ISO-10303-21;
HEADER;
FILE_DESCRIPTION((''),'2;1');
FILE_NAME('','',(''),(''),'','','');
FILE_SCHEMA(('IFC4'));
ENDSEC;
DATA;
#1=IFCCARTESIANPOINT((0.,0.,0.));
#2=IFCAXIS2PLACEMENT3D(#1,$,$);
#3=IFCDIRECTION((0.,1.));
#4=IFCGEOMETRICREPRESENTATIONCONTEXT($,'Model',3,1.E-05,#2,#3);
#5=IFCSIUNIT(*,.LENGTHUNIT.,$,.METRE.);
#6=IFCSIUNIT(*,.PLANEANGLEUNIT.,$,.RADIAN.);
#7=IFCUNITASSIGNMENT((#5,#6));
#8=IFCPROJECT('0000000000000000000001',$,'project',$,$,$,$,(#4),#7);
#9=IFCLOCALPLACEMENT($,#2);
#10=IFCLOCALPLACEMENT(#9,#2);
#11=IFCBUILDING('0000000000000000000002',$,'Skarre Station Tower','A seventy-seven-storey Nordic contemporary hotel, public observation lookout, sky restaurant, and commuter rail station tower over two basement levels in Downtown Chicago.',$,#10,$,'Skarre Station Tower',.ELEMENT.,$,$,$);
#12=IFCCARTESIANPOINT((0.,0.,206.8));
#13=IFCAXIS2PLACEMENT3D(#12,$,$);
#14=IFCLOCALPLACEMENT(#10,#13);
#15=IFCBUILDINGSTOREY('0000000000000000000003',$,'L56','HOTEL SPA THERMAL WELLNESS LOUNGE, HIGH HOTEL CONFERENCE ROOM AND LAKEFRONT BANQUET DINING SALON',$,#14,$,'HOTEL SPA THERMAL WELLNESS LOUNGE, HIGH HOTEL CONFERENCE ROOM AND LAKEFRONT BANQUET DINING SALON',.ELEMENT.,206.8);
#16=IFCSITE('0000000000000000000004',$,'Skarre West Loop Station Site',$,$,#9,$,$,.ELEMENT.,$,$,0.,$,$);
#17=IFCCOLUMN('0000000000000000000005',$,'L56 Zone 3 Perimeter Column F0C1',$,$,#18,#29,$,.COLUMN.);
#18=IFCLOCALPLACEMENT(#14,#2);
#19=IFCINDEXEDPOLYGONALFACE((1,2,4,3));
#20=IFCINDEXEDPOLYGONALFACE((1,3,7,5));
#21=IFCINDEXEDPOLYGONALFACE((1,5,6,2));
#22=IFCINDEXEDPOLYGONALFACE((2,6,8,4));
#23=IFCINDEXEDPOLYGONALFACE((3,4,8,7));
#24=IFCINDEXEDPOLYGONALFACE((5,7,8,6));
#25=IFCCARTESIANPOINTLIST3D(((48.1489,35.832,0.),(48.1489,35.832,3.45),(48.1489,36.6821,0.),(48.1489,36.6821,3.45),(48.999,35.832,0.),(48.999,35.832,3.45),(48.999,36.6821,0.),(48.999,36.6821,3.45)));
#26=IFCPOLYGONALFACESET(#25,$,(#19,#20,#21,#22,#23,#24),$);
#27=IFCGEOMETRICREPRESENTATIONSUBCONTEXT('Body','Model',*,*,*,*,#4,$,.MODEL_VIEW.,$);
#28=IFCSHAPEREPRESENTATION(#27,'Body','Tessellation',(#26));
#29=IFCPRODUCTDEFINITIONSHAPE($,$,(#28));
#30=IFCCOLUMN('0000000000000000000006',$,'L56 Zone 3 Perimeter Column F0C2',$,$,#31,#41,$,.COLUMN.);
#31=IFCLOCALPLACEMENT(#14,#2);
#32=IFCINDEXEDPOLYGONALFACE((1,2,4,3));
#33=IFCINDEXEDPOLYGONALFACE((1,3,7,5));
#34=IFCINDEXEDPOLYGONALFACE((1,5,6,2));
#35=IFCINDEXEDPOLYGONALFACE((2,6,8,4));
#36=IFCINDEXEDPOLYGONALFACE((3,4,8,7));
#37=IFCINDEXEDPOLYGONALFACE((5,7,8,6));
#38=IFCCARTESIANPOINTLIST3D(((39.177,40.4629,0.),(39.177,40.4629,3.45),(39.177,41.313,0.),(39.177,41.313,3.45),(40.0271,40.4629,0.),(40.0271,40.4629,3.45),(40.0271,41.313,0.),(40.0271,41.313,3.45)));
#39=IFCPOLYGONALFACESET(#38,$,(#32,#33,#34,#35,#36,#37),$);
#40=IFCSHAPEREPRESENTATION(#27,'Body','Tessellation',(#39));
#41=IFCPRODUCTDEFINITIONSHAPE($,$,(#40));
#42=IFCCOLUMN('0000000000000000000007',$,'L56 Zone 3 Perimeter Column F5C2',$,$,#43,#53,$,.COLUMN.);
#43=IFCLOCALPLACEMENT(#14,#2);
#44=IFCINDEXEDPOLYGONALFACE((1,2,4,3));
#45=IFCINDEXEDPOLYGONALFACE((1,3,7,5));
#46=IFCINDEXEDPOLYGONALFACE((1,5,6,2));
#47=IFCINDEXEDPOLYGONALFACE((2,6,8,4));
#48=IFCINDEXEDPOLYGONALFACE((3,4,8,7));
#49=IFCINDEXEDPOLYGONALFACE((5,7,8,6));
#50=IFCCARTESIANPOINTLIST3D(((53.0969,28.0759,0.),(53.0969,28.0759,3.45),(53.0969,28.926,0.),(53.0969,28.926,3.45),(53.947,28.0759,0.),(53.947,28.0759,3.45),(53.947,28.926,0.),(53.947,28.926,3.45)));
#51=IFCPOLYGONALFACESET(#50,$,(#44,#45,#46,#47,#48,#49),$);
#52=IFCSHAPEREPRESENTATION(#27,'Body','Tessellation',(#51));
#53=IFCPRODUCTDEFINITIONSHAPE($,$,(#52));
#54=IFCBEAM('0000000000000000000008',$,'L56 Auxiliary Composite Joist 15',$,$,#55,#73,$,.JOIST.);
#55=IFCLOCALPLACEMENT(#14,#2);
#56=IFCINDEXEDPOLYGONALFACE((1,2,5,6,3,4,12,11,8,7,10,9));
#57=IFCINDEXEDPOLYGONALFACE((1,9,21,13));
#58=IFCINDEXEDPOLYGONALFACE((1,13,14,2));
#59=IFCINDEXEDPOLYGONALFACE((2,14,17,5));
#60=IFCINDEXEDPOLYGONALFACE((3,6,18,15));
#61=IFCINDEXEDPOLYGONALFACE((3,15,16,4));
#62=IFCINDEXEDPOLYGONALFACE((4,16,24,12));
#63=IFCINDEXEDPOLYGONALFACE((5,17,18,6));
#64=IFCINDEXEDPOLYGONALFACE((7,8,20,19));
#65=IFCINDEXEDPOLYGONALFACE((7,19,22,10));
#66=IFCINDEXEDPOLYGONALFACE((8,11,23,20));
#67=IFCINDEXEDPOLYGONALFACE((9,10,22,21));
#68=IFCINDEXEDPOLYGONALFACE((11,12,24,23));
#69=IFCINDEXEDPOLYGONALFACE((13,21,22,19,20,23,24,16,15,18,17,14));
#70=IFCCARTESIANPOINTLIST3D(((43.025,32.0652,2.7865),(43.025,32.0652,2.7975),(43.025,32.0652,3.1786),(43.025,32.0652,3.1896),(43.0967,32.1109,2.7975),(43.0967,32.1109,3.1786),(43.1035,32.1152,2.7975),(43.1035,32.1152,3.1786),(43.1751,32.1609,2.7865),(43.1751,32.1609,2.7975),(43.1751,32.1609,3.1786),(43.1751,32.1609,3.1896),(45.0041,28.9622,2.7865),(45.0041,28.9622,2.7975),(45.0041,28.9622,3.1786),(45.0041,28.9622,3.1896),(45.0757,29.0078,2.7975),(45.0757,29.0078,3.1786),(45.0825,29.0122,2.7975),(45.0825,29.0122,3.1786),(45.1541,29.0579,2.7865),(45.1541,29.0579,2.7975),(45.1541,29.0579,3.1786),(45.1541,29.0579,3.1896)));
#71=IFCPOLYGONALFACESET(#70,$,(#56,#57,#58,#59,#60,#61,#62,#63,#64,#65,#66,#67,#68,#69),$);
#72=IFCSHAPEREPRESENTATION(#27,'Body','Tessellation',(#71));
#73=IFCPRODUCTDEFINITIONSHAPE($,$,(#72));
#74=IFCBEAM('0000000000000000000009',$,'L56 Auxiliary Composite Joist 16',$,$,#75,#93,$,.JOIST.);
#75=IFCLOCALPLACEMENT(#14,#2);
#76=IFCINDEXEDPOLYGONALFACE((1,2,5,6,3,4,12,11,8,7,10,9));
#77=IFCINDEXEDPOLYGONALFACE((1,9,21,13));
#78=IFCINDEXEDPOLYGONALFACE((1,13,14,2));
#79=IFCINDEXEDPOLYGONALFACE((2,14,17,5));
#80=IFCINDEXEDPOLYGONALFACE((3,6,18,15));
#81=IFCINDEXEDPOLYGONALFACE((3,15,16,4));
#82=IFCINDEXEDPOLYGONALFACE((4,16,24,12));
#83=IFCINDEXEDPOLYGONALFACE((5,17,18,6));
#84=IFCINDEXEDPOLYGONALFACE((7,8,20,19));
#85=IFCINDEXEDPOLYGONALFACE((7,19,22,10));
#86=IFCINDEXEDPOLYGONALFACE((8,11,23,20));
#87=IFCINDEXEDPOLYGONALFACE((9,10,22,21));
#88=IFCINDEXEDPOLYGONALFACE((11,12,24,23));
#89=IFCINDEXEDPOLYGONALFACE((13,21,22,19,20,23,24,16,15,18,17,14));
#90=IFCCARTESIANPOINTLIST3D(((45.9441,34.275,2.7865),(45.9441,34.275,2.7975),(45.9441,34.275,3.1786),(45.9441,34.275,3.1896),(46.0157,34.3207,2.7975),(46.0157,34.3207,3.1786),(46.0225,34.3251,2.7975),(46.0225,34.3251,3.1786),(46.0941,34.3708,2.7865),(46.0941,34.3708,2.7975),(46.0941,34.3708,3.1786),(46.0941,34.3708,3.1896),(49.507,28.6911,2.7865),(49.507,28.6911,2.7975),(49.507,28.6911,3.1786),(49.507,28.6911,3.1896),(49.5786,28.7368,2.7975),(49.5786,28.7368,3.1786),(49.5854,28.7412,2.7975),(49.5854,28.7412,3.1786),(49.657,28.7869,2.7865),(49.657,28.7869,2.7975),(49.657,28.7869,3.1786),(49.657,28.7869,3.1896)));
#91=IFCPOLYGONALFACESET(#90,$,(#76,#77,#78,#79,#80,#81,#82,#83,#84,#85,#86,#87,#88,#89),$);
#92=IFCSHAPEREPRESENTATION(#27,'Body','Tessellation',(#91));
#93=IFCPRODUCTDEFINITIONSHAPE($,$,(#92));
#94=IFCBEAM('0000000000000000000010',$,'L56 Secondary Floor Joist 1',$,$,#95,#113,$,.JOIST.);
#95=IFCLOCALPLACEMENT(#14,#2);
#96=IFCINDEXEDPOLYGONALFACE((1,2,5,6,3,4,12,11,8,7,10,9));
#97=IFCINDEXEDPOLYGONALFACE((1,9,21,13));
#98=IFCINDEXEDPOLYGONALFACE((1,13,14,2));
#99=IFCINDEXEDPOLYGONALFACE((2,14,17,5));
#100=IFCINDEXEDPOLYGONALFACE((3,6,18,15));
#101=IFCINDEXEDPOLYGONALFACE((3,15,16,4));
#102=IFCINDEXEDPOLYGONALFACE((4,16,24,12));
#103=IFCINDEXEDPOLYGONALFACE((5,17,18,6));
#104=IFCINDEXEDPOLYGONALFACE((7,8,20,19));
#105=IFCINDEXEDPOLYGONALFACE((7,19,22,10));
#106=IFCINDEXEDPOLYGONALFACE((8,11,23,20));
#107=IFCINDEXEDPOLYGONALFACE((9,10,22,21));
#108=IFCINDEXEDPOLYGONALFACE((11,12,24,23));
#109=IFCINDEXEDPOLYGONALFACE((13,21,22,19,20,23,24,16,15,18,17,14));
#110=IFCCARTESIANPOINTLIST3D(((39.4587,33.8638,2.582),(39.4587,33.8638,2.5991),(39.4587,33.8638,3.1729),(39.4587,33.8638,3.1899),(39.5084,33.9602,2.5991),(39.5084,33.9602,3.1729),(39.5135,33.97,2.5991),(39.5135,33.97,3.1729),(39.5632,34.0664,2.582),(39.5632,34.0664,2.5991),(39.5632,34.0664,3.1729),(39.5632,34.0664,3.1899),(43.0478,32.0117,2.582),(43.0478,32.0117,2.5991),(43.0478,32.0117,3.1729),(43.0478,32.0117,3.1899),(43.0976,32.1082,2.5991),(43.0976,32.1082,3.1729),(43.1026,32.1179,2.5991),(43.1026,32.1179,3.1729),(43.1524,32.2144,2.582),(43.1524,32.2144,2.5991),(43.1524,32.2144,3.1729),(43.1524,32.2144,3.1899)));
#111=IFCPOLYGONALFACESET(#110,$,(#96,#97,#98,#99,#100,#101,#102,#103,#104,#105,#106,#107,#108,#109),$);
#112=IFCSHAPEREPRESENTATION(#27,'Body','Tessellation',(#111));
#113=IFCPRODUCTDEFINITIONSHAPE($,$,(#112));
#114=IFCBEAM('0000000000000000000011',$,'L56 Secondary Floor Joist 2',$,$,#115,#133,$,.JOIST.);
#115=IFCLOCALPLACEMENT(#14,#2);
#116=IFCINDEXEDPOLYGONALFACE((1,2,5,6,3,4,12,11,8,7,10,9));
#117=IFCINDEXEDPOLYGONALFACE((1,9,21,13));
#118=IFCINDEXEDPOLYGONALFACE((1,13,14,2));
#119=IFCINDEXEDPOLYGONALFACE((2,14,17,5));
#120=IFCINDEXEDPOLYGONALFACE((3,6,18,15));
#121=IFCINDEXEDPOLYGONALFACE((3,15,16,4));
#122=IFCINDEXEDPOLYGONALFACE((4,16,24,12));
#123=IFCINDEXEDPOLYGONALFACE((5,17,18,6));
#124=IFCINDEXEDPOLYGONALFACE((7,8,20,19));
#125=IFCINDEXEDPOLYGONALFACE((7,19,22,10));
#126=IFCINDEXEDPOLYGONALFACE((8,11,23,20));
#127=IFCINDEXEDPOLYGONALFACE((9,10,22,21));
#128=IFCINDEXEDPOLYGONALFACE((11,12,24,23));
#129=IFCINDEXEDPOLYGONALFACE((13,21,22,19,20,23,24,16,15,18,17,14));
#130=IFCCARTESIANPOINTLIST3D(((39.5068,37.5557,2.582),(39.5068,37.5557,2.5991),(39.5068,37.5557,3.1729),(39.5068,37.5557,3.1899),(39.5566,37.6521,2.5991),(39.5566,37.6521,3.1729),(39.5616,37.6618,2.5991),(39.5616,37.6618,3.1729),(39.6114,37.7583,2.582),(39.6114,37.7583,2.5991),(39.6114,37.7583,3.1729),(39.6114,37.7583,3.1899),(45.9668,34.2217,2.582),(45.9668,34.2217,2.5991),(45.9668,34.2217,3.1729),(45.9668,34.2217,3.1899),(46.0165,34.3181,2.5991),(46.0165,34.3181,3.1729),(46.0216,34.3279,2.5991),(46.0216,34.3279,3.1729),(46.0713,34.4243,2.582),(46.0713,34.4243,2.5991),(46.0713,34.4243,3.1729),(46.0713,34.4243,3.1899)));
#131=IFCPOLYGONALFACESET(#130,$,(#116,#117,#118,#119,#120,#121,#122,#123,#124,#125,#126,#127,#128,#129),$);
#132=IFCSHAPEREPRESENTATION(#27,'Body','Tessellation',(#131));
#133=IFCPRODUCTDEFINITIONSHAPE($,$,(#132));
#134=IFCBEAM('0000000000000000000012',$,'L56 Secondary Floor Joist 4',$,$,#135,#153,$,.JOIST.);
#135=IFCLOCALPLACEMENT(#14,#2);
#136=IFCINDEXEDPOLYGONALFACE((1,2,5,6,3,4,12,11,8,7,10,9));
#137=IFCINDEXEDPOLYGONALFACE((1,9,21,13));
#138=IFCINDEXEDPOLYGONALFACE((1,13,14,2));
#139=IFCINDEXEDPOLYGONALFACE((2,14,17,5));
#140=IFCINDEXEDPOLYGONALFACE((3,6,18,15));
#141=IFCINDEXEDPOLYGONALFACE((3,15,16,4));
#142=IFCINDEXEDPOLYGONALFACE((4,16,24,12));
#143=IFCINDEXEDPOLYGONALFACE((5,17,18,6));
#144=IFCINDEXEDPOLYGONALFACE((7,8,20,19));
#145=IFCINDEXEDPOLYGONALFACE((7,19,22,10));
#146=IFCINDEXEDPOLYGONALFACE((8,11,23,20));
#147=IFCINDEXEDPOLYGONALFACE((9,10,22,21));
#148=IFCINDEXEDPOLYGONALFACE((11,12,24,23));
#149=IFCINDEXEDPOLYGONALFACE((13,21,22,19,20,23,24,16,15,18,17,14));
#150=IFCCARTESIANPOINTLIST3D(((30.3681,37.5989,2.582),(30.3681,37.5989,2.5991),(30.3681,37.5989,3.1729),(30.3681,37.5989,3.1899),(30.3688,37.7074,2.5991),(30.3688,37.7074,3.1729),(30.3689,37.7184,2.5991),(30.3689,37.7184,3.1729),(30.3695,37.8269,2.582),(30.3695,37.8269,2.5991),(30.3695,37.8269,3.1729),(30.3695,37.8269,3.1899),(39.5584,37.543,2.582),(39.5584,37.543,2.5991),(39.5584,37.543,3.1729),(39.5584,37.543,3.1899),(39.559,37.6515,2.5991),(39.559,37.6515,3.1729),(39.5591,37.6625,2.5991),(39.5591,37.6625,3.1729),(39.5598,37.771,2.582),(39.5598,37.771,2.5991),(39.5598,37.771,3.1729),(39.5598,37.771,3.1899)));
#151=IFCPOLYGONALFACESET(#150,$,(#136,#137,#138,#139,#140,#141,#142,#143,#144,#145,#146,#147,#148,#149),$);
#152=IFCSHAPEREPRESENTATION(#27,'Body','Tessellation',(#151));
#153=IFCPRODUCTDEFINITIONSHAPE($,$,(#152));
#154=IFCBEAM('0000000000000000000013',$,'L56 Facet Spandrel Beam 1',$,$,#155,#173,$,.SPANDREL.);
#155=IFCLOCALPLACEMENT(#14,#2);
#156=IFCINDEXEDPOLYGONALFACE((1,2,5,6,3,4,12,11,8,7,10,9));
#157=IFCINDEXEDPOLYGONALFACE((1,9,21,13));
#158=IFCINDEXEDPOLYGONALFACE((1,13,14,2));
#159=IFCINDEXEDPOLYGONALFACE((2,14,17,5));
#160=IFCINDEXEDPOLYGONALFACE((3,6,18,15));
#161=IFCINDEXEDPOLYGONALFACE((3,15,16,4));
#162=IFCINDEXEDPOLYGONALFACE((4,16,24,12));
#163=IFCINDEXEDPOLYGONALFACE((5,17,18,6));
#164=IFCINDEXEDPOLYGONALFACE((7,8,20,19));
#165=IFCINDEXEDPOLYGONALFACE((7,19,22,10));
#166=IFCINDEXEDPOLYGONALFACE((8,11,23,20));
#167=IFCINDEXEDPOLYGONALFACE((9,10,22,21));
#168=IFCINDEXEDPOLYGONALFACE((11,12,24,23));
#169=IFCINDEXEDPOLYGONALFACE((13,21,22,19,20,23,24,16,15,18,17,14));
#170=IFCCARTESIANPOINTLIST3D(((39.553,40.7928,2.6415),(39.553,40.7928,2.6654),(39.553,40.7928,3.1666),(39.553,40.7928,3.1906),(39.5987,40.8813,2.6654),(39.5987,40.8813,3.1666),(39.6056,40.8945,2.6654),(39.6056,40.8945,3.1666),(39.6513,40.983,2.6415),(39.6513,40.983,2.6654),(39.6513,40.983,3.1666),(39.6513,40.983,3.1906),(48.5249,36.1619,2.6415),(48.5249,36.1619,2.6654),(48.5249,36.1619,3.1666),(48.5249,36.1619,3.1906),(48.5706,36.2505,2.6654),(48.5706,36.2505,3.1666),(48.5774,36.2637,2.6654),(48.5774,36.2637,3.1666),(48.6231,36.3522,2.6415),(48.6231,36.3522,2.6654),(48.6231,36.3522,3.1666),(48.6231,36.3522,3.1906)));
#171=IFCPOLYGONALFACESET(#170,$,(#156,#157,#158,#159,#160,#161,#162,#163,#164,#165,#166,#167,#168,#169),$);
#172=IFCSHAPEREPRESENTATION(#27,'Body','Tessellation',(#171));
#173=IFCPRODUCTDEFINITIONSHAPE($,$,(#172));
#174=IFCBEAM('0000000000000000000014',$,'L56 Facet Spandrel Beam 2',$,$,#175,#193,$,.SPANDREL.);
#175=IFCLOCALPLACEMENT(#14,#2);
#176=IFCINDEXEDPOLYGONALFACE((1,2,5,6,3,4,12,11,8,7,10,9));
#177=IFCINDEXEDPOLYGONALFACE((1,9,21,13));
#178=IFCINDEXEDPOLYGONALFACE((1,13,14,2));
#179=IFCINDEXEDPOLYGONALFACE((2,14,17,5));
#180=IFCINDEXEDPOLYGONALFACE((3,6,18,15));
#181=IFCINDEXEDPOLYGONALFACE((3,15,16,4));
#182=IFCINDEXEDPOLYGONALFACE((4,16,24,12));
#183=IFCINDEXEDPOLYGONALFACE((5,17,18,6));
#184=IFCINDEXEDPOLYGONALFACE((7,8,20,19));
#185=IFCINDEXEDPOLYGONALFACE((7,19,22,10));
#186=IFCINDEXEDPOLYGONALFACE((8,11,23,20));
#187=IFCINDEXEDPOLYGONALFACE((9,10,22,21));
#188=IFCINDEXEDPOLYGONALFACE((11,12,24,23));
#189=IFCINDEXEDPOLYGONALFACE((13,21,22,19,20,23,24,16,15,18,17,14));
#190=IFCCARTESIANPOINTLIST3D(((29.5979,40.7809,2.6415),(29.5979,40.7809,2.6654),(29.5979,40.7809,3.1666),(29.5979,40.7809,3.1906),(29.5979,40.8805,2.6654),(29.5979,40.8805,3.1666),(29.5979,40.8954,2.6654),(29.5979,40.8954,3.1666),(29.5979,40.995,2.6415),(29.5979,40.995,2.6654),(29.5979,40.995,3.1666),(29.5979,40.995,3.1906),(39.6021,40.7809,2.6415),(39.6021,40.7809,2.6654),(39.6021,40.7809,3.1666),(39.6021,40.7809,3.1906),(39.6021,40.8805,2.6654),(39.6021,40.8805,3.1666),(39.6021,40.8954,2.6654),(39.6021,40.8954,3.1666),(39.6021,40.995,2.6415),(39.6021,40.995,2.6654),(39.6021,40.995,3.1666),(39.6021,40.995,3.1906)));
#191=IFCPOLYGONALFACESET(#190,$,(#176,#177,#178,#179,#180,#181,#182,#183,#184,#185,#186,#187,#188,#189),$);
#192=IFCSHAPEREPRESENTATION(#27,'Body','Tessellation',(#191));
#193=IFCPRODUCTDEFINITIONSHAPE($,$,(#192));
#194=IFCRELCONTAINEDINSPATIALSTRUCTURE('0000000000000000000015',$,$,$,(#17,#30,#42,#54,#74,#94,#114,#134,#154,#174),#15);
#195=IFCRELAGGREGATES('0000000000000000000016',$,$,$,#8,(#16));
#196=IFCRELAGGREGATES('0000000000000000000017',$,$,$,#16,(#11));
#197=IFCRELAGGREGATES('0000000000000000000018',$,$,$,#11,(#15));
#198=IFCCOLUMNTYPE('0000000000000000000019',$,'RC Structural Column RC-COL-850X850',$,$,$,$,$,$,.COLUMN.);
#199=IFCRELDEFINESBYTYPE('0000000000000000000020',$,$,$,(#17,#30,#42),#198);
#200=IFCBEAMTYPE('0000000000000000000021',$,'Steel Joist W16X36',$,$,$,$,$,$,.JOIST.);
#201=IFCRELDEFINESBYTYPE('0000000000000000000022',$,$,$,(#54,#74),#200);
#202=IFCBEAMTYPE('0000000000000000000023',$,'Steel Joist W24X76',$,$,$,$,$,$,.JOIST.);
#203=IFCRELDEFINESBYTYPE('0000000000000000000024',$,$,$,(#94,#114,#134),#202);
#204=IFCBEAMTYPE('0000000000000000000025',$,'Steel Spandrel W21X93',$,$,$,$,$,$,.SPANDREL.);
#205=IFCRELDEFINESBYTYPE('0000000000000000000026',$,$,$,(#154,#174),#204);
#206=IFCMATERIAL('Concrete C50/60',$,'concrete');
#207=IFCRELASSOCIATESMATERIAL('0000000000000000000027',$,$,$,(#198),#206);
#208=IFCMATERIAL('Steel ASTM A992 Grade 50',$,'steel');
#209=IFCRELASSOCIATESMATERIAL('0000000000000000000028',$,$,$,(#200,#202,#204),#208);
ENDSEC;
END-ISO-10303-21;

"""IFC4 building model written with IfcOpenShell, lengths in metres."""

from ifc_helpers import new_model, si_unit, direction, frame, origin, origin_2d, place, context, subcontext, project, spatial, rectangle, i_section, extrude, material, material_profile, profile_set, type_object, element, save


model = new_model("IFC4")

# Units and contexts
model_context = context("Model", 3, precision=1e-05, world=origin(), true_north=direction((0.0, 1.0)))
body_context = subcontext(model_context, "Body", "Model", "MODEL_VIEW")
ifc_project = project(units=[si_unit("LENGTHUNIT", "METRE"), si_unit("PLANEANGLEUNIT", "RADIAN")], contexts=[model_context])

# Site, building, storey
site_placement = place(None, origin())
site = spatial("IfcSite", under=ifc_project, at=site_placement, Name="Skarre West Loop Station Site", CompositionType="ELEMENT", RefElevation=0.0)
building_placement = place(site_placement, origin())
building = spatial("IfcBuilding", under=site, at=building_placement, Name="Skarre Station Tower", Description="A seventy-seven-storey Nordic contemporary hotel, public observation lookout, sky restaurant, and commuter rail station tower over two basement levels in Downtown Chicago.", LongName="Skarre Station Tower", CompositionType="ELEMENT")
storey_placement = place(building_placement, frame((0.0, 0.0, 206.8)))
storey = spatial("IfcBuildingStorey", under=building, at=storey_placement, Name="L56", Description="HOTEL SPA THERMAL WELLNESS LOUNGE, HIGH HOTEL CONFERENCE ROOM AND LAKEFRONT BANQUET DINING SALON", LongName="HOTEL SPA THERMAL WELLNESS LOUNGE, HIGH HOTEL CONFERENCE ROOM AND LAKEFRONT BANQUET DINING SALON", CompositionType="ELEMENT", Elevation=206.8)

# Columns
ifc_material_1 = material(Name="Concrete C50/60", Category="concrete")
ifc_material_profile_1 = material_profile(ifc_material_1, rectangle(XDim=0.8501, YDim=0.8501, at=origin_2d()), Name="Concrete C50/60")
ifc_profile_set_1 = profile_set([ifc_material_profile_1], Name="Concrete C50/60")
column_type = type_object("IfcColumnType", Name="RC Structural Column RC-COL-850X850", PredefinedType="COLUMN", material=ifc_profile_set_1)
for number, where, z_axis, x_axis, name in (
    (1, (48.574, 36.2571, 0.0), (0.0, 0.0, 1.0), (1.0, 0.0, 0.0), "L56 Zone 3 Perimeter Column F0C1"),
    (2, (39.6021, 40.8879, 0.0), (0.0, 0.0, 1.0), (1.0, 0.0, 0.0), "L56 Zone 3 Perimeter Column F0C2"),
    (3, (53.522, 28.501, 0.0), (0.0, 0.0, 1.0), (1.0, 0.0, 0.0), "L56 Zone 3 Perimeter Column F5C2"),
):
    element("IfcColumn", number, at=place(storey_placement, frame(where, z_axis=z_axis, x_axis=x_axis)), inside=storey, type_object=column_type, Name=name, PredefinedType="COLUMN", context=body_context, shape_type="SweptSolid", body=[
        extrude(rectangle(XDim=0.8501, YDim=0.8501, at=origin_2d()), origin(), (0.0, 0.0, 1.0), 3.45),
    ])

# Beams
ifc_material_2 = material(Name="Steel ASTM A992 Grade 50", Category="steel")
ifc_material_profile_2 = material_profile(ifc_material_2, i_section(OverallWidth=0.178, OverallDepth=0.4031, WebThickness=0.0081, FlangeThickness=0.011, at=origin_2d()), Name="Steel ASTM A992 Grade 50")
ifc_profile_set_2 = profile_set([ifc_material_profile_2], Name="Steel ASTM A992 Grade 50")
beam_type_1 = type_object("IfcBeamType", Name="Steel Joist W16X36", PredefinedType="JOIST", material=ifc_profile_set_2)
beam_1_placement = place(storey_placement, frame((45.0791, 29.01, 2.988), z_axis=(-0.537717, 0.843126, 0.0), x_axis=(-0.843126, -0.537717, 0.0)))
element("IfcBeam", 4, at=beam_1_placement, inside=storey, type_object=beam_type_1, Name="L56 Auxiliary Composite Joist 15", PredefinedType="JOIST", context=body_context, shape_type="SweptSolid", body=[
    extrude(i_section(OverallWidth=0.178, OverallDepth=0.4031, WebThickness=0.0081, FlangeThickness=0.011, at=origin_2d()), origin(), (0.0, 0.0, 1.0), 3.6804),
])
beam_2_placement = place(storey_placement, frame((49.582, 28.739, 2.988), z_axis=(-0.537901, 0.843008, 0.0), x_axis=(-0.843008, -0.537901, 0.0)))
element("IfcBeam", 5, at=beam_2_placement, inside=storey, type_object=beam_type_1, Name="L56 Auxiliary Composite Joist 16", PredefinedType="JOIST", context=body_context, shape_type="SweptSolid", body=[
    extrude(i_section(OverallWidth=0.178, OverallDepth=0.4031, WebThickness=0.0081, FlangeThickness=0.011, at=origin_2d()), origin(), (0.0, 0.0, 1.0), 6.6238),
])
ifc_material_profile_3 = material_profile(ifc_material_2, i_section(OverallWidth=0.228, OverallDepth=0.6079, WebThickness=0.011, FlangeThickness=0.0171, at=origin_2d()), Name="Steel ASTM A992 Grade 50")
ifc_profile_set_3 = profile_set([ifc_material_profile_3], Name="Steel ASTM A992 Grade 50")
beam_type_2 = type_object("IfcBeamType", Name="Steel Joist W24X76", PredefinedType="JOIST", material=ifc_profile_set_3)
beam_3_placement = place(storey_placement, frame((43.1001, 32.113, 2.886), z_axis=(-0.88866, 0.458566, 0.0), x_axis=(-0.458566, -0.88866, 0.0)))
element("IfcBeam", 6, at=beam_3_placement, inside=storey, type_object=beam_type_2, Name="L56 Secondary Floor Joist 1", PredefinedType="JOIST", context=body_context, shape_type="SweptSolid", body=[
    extrude(i_section(OverallWidth=0.228, OverallDepth=0.6079, WebThickness=0.011, FlangeThickness=0.0171, at=origin_2d()), origin(), (0.0, 0.0, 1.0), 4.0388),
])
beam_4_placement = place(storey_placement, frame((46.019, 34.323, 2.886), z_axis=(-0.888631, 0.458622, 0.0), x_axis=(-0.458622, -0.888631, 0.0)))
element("IfcBeam", 7, at=beam_4_placement, inside=storey, type_object=beam_type_2, Name="L56 Secondary Floor Joist 2", PredefinedType="JOIST", context=body_context, shape_type="SweptSolid", body=[
    extrude(i_section(OverallWidth=0.228, OverallDepth=0.6079, WebThickness=0.011, FlangeThickness=0.0171, at=origin_2d()), origin(), (0.0, 0.0, 1.0), 7.2695),
])
beam_5_placement = place(storey_placement, frame((39.5591, 37.657, 2.886), z_axis=(-0.999981, 0.006083, 0.0), x_axis=(-0.006083, -0.999981, 0.0)))
element("IfcBeam", 8, at=beam_5_placement, inside=storey, type_object=beam_type_2, Name="L56 Secondary Floor Joist 4", PredefinedType="JOIST", context=body_context, shape_type="SweptSolid", body=[
    extrude(i_section(OverallWidth=0.228, OverallDepth=0.6079, WebThickness=0.011, FlangeThickness=0.0171, at=origin_2d()), origin(), (0.0, 0.0, 1.0), 9.1904),
])
ifc_material_profile_4 = material_profile(ifc_material_2, i_section(OverallWidth=0.2141, OverallDepth=0.5491, WebThickness=0.0149, FlangeThickness=0.0239, at=origin_2d()), Name="Steel ASTM A992 Grade 50")
ifc_profile_set_4 = profile_set([ifc_material_profile_4], Name="Steel ASTM A992 Grade 50")
beam_type_3 = type_object("IfcBeamType", Name="Steel Spandrel W21X93", PredefinedType="SPANDREL", material=ifc_profile_set_4)
beam_6_placement = place(storey_placement, frame((48.574, 36.2571, 2.916), z_axis=(-0.888613, 0.458658, 0.0), x_axis=(-0.458658, -0.888613, 0.0)))
element("IfcBeam", 9, at=beam_6_placement, inside=storey, type_object=beam_type_3, Name="L56 Facet Spandrel Beam 1", PredefinedType="SPANDREL", context=body_context, shape_type="SweptSolid", body=[
    extrude(i_section(OverallWidth=0.2141, OverallDepth=0.5491, WebThickness=0.0149, FlangeThickness=0.0239, at=origin_2d()), origin(), (0.0, 0.0, 1.0), 10.0964),
])
beam_7_placement = place(storey_placement, frame((39.6021, 40.8879, 2.916), z_axis=(-1.0, 0.0, 0.0), x_axis=(0.0, -1.0, 0.0)))
element("IfcBeam", 10, at=beam_7_placement, inside=storey, type_object=beam_type_3, Name="L56 Facet Spandrel Beam 2", PredefinedType="SPANDREL", context=body_context, shape_type="SweptSolid", body=[
    extrude(i_section(OverallWidth=0.2141, OverallDepth=0.5491, WebThickness=0.0149, FlangeThickness=0.0239, at=origin_2d()), origin(), (0.0, 0.0, 1.0), 10.0042),
])

save(model, "model.ifc")
